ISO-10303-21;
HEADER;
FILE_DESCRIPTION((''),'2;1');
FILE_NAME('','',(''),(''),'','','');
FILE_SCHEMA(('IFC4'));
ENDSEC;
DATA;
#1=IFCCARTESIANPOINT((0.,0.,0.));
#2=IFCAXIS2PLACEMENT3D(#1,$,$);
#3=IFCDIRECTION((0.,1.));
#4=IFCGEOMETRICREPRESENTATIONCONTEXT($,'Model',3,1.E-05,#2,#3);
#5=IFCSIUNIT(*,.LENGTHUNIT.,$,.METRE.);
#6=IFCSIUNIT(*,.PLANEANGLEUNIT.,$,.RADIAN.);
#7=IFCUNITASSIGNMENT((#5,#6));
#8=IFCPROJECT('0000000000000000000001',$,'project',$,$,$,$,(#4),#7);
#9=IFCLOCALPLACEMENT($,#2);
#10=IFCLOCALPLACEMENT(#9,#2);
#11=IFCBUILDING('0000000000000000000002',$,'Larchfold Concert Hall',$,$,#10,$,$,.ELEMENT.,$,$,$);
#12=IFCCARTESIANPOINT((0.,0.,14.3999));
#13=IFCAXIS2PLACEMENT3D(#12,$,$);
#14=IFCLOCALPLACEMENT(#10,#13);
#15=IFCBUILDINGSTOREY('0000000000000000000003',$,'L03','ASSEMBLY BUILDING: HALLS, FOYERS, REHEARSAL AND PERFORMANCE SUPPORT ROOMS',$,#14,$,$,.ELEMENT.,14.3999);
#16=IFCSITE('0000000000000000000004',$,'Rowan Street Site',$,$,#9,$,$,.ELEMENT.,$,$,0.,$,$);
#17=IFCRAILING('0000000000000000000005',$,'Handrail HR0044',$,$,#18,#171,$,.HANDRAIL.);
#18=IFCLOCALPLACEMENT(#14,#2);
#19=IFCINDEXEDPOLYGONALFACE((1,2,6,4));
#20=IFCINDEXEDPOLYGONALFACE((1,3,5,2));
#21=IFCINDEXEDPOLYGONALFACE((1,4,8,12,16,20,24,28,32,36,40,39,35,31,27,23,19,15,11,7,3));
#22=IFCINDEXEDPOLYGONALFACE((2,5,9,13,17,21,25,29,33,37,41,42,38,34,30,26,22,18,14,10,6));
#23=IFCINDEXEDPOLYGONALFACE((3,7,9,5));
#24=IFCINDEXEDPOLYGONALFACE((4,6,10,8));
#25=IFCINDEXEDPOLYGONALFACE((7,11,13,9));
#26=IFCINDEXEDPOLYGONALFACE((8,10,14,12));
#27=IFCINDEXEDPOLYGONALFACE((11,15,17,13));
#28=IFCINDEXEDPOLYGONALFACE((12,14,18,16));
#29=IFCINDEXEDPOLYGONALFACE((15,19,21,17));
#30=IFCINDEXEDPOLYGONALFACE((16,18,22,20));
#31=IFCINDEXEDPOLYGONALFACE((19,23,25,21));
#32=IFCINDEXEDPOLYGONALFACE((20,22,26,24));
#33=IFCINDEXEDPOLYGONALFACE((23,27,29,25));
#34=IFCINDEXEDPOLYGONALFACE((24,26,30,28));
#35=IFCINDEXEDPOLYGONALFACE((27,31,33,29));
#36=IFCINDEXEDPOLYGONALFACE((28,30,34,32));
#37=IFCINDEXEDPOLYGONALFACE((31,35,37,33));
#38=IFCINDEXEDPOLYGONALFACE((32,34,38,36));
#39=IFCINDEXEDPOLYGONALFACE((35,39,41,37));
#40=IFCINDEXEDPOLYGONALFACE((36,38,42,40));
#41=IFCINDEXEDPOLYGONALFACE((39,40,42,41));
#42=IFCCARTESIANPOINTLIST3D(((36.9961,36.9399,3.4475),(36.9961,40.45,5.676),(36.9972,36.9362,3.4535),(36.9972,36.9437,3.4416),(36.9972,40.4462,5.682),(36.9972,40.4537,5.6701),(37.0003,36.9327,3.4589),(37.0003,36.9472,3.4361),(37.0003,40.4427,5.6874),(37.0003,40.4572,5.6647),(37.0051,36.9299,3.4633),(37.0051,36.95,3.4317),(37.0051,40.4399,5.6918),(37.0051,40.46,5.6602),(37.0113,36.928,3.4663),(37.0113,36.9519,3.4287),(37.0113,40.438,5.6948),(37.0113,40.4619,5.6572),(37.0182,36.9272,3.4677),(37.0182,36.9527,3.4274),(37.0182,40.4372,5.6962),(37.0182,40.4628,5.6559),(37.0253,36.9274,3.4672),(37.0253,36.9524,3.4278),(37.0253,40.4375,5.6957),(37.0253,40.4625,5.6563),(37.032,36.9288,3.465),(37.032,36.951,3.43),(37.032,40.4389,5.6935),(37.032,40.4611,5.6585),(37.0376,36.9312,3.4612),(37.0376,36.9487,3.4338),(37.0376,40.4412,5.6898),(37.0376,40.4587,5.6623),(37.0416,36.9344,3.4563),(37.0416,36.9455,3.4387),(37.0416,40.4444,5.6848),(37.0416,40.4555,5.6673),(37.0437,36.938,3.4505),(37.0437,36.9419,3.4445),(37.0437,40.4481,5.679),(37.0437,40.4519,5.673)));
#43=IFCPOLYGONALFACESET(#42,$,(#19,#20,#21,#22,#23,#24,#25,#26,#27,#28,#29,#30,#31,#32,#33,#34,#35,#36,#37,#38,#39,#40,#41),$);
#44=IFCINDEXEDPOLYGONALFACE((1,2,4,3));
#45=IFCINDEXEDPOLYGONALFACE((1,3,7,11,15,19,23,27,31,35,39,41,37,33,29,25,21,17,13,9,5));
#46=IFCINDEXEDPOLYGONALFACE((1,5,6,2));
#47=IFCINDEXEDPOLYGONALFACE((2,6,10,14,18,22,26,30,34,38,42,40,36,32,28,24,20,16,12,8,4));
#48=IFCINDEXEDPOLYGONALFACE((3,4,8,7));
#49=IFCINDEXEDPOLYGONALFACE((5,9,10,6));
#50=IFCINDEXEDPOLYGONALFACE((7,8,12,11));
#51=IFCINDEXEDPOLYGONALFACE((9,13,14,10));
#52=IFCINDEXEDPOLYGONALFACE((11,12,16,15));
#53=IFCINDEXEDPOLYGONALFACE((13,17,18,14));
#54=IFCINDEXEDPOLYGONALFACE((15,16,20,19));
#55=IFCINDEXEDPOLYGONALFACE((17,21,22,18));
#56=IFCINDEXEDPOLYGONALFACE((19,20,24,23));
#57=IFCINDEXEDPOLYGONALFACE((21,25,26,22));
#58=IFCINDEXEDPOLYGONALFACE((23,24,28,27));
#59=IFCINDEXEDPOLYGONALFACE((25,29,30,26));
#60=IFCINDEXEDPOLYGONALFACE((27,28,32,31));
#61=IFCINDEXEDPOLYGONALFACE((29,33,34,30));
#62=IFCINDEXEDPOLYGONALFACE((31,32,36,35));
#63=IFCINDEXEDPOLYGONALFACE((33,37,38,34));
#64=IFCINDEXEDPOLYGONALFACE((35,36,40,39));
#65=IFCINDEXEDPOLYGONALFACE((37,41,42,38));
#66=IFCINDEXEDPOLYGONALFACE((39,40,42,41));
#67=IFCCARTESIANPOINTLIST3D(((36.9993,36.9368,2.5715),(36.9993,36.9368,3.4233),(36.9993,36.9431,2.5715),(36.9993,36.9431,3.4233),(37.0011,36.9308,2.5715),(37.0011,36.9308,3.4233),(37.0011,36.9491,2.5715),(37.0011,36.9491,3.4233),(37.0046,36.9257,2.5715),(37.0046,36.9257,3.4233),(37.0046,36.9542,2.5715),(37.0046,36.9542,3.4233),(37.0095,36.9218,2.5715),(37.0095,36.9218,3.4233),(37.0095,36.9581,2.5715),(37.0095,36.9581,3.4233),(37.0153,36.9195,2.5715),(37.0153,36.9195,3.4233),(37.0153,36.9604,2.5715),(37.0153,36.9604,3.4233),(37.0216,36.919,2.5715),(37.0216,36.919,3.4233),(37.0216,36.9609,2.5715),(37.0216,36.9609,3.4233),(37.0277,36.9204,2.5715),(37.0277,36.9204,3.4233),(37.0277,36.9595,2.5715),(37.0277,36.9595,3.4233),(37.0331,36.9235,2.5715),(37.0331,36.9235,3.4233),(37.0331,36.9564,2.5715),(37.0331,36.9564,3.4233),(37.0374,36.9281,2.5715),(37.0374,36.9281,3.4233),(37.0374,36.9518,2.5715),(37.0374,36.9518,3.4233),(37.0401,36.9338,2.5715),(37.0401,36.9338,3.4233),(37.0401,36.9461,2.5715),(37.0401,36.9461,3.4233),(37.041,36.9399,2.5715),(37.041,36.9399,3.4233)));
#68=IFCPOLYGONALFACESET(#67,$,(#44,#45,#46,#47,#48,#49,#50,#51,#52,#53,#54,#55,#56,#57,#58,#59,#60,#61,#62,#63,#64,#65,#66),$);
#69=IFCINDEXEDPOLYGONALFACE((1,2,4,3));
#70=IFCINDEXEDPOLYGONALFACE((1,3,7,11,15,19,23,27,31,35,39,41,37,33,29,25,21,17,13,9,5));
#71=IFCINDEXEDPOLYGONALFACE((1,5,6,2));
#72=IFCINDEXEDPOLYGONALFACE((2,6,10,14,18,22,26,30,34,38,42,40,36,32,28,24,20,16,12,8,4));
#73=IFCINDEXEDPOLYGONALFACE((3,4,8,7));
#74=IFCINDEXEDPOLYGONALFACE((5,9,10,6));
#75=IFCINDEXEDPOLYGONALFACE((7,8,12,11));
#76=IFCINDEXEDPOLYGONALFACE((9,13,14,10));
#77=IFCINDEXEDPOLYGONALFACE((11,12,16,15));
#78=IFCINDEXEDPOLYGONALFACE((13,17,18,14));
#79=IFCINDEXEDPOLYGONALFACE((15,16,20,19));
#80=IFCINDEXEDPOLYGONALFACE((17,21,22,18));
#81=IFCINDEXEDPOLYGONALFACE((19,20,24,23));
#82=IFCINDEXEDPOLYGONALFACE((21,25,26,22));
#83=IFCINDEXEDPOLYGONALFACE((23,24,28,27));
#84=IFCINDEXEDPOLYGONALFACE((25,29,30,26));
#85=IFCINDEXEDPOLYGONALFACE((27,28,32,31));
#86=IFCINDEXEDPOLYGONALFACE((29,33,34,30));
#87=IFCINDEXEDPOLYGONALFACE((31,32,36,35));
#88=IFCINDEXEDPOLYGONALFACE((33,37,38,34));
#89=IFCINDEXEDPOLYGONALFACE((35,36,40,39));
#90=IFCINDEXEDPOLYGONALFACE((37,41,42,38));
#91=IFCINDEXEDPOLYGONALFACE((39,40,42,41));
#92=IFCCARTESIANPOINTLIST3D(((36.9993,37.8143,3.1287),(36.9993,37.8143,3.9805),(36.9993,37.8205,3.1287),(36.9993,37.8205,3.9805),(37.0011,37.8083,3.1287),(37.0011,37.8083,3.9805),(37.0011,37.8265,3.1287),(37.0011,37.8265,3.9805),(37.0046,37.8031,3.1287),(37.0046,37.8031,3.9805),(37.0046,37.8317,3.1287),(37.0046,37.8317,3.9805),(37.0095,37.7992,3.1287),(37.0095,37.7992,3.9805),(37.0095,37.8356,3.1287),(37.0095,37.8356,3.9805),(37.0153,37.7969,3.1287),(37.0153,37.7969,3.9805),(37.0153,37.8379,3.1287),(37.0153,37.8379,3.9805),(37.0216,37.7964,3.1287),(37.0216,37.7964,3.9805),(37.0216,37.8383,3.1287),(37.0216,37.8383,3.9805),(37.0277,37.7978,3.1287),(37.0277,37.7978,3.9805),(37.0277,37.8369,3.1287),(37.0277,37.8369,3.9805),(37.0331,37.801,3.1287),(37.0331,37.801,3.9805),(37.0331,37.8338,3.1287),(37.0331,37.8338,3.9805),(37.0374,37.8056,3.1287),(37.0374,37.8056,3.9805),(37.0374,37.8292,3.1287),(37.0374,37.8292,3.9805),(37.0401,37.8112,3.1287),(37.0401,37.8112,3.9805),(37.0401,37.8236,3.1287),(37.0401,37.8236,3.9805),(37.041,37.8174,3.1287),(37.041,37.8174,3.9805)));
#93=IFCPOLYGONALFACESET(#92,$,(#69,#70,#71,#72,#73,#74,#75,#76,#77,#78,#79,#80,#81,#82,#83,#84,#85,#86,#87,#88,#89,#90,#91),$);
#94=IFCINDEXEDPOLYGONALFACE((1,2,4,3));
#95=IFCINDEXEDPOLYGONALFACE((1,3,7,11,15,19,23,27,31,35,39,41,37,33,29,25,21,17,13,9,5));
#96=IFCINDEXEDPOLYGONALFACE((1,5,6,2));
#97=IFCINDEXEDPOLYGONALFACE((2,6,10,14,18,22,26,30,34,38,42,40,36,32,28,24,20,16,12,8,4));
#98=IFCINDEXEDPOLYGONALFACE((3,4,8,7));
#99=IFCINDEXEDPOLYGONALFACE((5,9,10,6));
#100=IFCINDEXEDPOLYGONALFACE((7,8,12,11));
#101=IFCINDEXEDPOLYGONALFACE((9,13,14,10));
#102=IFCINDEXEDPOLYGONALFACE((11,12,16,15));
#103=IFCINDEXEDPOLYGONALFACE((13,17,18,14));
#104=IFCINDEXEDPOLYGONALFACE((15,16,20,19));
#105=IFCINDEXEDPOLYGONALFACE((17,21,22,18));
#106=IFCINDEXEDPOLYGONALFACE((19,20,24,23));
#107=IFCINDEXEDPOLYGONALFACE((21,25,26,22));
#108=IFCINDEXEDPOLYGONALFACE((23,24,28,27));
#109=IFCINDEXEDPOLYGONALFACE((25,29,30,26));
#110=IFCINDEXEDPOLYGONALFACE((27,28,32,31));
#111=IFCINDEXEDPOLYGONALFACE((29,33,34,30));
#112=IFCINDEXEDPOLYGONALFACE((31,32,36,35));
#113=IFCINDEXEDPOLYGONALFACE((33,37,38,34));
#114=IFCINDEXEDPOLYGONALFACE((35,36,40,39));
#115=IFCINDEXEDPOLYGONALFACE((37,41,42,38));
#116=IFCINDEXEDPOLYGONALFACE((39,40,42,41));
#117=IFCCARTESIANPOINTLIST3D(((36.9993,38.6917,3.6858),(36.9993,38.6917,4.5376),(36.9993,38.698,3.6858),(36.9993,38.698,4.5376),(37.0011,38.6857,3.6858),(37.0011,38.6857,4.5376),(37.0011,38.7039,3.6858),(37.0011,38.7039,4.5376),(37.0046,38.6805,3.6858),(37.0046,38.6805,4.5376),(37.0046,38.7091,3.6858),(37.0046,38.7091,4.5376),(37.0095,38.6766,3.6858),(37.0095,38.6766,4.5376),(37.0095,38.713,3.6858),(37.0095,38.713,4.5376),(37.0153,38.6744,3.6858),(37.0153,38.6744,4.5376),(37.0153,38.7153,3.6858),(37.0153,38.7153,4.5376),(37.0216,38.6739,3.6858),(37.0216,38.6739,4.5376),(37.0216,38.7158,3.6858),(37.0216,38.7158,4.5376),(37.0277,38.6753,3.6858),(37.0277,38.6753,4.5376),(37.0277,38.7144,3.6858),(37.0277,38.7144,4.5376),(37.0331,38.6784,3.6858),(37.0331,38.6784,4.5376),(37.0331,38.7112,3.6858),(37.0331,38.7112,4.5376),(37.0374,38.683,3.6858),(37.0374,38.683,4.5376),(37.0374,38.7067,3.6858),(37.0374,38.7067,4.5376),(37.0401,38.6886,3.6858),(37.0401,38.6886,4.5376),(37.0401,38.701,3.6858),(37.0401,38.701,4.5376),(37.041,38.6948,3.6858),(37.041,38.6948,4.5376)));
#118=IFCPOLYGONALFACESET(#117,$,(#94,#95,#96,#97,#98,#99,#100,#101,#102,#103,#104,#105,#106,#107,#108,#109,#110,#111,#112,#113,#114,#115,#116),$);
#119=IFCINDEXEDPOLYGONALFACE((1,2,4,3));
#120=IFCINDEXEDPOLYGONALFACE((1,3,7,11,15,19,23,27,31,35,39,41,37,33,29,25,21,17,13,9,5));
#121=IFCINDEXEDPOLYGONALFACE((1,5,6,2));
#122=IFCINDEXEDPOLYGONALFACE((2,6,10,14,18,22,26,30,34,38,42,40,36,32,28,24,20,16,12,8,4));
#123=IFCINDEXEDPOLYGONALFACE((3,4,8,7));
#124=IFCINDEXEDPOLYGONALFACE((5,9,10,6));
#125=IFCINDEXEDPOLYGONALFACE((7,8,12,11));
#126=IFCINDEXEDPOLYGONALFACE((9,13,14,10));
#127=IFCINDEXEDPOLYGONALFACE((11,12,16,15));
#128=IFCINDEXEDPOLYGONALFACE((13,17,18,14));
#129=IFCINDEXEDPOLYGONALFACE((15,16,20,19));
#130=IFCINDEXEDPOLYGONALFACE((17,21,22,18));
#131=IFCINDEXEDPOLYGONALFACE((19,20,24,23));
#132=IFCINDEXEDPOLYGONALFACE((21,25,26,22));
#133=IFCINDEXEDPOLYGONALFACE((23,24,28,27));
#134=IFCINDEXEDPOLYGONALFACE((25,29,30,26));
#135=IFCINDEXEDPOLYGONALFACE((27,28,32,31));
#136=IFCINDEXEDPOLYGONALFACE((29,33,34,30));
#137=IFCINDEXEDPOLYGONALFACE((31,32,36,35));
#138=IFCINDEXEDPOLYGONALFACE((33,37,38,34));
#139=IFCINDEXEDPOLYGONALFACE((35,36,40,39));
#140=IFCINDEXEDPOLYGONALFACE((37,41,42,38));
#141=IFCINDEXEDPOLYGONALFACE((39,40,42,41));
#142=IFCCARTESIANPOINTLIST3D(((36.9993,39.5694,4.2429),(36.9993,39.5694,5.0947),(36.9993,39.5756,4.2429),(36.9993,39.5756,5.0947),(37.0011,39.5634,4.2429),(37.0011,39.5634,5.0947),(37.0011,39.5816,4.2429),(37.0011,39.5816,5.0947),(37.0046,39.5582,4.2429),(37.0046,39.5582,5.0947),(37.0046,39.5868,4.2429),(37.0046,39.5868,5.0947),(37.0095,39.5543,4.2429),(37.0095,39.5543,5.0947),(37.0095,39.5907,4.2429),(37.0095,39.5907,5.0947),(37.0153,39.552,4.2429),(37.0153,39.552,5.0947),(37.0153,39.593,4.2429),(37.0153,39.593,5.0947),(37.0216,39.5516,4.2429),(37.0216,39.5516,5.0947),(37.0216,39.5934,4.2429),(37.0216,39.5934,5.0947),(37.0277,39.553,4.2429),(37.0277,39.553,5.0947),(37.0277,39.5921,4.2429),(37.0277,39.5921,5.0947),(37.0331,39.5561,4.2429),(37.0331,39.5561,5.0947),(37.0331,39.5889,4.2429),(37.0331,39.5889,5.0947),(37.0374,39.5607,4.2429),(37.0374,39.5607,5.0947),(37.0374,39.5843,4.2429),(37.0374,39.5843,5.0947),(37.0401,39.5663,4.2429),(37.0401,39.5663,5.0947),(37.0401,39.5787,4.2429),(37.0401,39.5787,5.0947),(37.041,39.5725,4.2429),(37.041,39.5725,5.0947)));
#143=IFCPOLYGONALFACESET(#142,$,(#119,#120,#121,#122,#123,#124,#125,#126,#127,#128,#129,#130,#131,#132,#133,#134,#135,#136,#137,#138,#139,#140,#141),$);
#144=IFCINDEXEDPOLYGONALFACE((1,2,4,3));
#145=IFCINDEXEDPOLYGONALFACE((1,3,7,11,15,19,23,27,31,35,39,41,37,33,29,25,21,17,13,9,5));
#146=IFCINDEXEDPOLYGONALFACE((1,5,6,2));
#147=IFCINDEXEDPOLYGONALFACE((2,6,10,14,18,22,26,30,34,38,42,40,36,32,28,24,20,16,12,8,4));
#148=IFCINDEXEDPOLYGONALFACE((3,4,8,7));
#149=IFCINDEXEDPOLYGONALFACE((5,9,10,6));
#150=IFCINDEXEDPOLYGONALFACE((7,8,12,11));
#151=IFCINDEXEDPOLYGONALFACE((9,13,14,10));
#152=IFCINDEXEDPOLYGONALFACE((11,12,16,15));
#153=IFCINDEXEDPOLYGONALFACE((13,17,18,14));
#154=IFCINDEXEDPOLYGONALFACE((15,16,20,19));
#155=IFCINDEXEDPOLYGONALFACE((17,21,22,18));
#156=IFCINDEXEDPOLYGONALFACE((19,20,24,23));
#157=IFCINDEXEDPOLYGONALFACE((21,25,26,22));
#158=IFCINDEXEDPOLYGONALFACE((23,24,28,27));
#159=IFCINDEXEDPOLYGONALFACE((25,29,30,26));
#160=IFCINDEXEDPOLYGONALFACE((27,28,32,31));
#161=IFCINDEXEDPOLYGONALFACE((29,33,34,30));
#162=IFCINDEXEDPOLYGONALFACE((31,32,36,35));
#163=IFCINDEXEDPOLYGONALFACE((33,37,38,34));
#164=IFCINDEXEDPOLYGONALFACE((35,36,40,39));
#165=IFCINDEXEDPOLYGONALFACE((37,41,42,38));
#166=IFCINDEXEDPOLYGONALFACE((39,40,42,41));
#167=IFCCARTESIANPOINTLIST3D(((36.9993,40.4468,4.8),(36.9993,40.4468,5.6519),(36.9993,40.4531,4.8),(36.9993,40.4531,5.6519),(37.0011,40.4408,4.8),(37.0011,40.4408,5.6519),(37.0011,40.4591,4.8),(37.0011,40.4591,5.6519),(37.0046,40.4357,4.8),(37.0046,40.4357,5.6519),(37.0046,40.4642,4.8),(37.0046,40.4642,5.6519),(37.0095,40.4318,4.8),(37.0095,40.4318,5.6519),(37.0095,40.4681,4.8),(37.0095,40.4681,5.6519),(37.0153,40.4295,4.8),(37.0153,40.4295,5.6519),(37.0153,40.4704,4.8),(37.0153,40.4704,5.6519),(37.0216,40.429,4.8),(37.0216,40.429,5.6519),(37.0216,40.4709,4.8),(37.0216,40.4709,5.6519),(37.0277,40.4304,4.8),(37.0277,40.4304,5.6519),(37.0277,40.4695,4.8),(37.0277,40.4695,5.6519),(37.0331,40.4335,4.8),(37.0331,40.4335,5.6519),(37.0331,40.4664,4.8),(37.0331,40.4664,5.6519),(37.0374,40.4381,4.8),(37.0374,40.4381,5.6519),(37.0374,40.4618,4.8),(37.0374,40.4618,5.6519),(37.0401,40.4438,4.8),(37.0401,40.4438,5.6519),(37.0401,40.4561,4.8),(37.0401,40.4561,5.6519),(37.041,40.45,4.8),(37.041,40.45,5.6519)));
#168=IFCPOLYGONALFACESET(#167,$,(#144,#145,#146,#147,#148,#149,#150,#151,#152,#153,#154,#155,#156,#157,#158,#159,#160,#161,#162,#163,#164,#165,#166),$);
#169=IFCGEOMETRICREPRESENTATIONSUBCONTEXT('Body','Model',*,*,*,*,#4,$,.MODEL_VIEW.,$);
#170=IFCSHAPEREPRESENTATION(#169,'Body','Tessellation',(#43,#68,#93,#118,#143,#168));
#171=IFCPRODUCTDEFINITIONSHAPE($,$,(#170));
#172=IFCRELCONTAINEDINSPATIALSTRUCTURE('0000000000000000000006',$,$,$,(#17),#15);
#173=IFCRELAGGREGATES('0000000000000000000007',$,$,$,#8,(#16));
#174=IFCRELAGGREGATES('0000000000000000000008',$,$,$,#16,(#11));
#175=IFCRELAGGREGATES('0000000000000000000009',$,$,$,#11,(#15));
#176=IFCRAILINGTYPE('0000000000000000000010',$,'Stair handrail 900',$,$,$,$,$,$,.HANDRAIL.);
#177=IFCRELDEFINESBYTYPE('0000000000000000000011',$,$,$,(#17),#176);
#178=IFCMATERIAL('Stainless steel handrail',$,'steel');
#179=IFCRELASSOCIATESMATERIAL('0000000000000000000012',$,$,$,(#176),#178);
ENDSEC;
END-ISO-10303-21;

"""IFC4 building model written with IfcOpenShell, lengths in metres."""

from ifc_helpers import new_model, si_unit, direction, frame, origin, origin_2d, place, context, subcontext, project, spatial, circle, extrude, material, type_object, element, save


model = new_model("IFC4")

# Units and contexts
model_context = context("Model", 3, precision=1e-05, world=origin(), true_north=direction((0.0, 1.0)))
body_context = subcontext(model_context, "Body", "Model", "MODEL_VIEW")
ifc_project = project(units=[si_unit("LENGTHUNIT", "METRE"), si_unit("PLANEANGLEUNIT", "RADIAN")], contexts=[model_context])

# Site, building, storey
site_placement = place(None, origin())
site = spatial("IfcSite", under=ifc_project, at=site_placement, Name="Rowan Street Site", CompositionType="ELEMENT", RefElevation=0.0)
building_placement = place(site_placement, origin())
building = spatial("IfcBuilding", under=site, at=building_placement, Name="Larchfold Concert Hall", CompositionType="ELEMENT")
storey_placement = place(building_placement, frame((0.0, 0.0, 14.3999)))
storey = spatial("IfcBuildingStorey", under=building, at=storey_placement, Name="L03", Description="ASSEMBLY BUILDING: HALLS, FOYERS, REHEARSAL AND PERFORMANCE SUPPORT ROOMS", CompositionType="ELEMENT", Elevation=14.3999)

# Railing
ifc_material_1 = material(Name="Stainless steel handrail", Category="steel")
railing_type_1 = type_object("IfcRailingType", Name="Stair handrail 900", PredefinedType="HANDRAIL", material=ifc_material_1)
railing_1_placement = place(storey_placement, frame((37.02, 36.9399, 2.5715)))
element("IfcRailing", 1, at=railing_1_placement, inside=storey, type_object=railing_type_1, Name="Handrail HR0044", PredefinedType="HANDRAIL", context=body_context, shape_type="SweptSolid", body=[
    extrude(circle(Radius=0.0239, at=origin_2d()), frame((0.0, 0.0, 0.876), z_axis=(0.0, 0.84422, 0.535998), x_axis=(-1.0, 0.0, 0.0)), (0.0, 0.0, 1.0), 4.1577),
    extrude(circle(Radius=0.021, at=origin_2d()), origin(), (0.0, 0.0, 1.0), 0.8518),
    extrude(circle(Radius=0.021, at=origin_2d()), frame((0.0, 0.8774, 0.5571)), (0.0, 0.0, 1.0), 0.8518),
    extrude(circle(Radius=0.021, at=origin_2d()), frame((0.0, 1.7549, 1.1143)), (0.0, 0.0, 1.0), 0.8518),
    extrude(circle(Radius=0.021, at=origin_2d()), frame((0.0, 2.6326, 1.6714)), (0.0, 0.0, 1.0), 0.8518),
    extrude(circle(Radius=0.021, at=origin_2d()), frame((0.0, 3.51, 2.2285)), (0.0, 0.0, 1.0), 0.8518),
])

save(model, "model.ifc")
